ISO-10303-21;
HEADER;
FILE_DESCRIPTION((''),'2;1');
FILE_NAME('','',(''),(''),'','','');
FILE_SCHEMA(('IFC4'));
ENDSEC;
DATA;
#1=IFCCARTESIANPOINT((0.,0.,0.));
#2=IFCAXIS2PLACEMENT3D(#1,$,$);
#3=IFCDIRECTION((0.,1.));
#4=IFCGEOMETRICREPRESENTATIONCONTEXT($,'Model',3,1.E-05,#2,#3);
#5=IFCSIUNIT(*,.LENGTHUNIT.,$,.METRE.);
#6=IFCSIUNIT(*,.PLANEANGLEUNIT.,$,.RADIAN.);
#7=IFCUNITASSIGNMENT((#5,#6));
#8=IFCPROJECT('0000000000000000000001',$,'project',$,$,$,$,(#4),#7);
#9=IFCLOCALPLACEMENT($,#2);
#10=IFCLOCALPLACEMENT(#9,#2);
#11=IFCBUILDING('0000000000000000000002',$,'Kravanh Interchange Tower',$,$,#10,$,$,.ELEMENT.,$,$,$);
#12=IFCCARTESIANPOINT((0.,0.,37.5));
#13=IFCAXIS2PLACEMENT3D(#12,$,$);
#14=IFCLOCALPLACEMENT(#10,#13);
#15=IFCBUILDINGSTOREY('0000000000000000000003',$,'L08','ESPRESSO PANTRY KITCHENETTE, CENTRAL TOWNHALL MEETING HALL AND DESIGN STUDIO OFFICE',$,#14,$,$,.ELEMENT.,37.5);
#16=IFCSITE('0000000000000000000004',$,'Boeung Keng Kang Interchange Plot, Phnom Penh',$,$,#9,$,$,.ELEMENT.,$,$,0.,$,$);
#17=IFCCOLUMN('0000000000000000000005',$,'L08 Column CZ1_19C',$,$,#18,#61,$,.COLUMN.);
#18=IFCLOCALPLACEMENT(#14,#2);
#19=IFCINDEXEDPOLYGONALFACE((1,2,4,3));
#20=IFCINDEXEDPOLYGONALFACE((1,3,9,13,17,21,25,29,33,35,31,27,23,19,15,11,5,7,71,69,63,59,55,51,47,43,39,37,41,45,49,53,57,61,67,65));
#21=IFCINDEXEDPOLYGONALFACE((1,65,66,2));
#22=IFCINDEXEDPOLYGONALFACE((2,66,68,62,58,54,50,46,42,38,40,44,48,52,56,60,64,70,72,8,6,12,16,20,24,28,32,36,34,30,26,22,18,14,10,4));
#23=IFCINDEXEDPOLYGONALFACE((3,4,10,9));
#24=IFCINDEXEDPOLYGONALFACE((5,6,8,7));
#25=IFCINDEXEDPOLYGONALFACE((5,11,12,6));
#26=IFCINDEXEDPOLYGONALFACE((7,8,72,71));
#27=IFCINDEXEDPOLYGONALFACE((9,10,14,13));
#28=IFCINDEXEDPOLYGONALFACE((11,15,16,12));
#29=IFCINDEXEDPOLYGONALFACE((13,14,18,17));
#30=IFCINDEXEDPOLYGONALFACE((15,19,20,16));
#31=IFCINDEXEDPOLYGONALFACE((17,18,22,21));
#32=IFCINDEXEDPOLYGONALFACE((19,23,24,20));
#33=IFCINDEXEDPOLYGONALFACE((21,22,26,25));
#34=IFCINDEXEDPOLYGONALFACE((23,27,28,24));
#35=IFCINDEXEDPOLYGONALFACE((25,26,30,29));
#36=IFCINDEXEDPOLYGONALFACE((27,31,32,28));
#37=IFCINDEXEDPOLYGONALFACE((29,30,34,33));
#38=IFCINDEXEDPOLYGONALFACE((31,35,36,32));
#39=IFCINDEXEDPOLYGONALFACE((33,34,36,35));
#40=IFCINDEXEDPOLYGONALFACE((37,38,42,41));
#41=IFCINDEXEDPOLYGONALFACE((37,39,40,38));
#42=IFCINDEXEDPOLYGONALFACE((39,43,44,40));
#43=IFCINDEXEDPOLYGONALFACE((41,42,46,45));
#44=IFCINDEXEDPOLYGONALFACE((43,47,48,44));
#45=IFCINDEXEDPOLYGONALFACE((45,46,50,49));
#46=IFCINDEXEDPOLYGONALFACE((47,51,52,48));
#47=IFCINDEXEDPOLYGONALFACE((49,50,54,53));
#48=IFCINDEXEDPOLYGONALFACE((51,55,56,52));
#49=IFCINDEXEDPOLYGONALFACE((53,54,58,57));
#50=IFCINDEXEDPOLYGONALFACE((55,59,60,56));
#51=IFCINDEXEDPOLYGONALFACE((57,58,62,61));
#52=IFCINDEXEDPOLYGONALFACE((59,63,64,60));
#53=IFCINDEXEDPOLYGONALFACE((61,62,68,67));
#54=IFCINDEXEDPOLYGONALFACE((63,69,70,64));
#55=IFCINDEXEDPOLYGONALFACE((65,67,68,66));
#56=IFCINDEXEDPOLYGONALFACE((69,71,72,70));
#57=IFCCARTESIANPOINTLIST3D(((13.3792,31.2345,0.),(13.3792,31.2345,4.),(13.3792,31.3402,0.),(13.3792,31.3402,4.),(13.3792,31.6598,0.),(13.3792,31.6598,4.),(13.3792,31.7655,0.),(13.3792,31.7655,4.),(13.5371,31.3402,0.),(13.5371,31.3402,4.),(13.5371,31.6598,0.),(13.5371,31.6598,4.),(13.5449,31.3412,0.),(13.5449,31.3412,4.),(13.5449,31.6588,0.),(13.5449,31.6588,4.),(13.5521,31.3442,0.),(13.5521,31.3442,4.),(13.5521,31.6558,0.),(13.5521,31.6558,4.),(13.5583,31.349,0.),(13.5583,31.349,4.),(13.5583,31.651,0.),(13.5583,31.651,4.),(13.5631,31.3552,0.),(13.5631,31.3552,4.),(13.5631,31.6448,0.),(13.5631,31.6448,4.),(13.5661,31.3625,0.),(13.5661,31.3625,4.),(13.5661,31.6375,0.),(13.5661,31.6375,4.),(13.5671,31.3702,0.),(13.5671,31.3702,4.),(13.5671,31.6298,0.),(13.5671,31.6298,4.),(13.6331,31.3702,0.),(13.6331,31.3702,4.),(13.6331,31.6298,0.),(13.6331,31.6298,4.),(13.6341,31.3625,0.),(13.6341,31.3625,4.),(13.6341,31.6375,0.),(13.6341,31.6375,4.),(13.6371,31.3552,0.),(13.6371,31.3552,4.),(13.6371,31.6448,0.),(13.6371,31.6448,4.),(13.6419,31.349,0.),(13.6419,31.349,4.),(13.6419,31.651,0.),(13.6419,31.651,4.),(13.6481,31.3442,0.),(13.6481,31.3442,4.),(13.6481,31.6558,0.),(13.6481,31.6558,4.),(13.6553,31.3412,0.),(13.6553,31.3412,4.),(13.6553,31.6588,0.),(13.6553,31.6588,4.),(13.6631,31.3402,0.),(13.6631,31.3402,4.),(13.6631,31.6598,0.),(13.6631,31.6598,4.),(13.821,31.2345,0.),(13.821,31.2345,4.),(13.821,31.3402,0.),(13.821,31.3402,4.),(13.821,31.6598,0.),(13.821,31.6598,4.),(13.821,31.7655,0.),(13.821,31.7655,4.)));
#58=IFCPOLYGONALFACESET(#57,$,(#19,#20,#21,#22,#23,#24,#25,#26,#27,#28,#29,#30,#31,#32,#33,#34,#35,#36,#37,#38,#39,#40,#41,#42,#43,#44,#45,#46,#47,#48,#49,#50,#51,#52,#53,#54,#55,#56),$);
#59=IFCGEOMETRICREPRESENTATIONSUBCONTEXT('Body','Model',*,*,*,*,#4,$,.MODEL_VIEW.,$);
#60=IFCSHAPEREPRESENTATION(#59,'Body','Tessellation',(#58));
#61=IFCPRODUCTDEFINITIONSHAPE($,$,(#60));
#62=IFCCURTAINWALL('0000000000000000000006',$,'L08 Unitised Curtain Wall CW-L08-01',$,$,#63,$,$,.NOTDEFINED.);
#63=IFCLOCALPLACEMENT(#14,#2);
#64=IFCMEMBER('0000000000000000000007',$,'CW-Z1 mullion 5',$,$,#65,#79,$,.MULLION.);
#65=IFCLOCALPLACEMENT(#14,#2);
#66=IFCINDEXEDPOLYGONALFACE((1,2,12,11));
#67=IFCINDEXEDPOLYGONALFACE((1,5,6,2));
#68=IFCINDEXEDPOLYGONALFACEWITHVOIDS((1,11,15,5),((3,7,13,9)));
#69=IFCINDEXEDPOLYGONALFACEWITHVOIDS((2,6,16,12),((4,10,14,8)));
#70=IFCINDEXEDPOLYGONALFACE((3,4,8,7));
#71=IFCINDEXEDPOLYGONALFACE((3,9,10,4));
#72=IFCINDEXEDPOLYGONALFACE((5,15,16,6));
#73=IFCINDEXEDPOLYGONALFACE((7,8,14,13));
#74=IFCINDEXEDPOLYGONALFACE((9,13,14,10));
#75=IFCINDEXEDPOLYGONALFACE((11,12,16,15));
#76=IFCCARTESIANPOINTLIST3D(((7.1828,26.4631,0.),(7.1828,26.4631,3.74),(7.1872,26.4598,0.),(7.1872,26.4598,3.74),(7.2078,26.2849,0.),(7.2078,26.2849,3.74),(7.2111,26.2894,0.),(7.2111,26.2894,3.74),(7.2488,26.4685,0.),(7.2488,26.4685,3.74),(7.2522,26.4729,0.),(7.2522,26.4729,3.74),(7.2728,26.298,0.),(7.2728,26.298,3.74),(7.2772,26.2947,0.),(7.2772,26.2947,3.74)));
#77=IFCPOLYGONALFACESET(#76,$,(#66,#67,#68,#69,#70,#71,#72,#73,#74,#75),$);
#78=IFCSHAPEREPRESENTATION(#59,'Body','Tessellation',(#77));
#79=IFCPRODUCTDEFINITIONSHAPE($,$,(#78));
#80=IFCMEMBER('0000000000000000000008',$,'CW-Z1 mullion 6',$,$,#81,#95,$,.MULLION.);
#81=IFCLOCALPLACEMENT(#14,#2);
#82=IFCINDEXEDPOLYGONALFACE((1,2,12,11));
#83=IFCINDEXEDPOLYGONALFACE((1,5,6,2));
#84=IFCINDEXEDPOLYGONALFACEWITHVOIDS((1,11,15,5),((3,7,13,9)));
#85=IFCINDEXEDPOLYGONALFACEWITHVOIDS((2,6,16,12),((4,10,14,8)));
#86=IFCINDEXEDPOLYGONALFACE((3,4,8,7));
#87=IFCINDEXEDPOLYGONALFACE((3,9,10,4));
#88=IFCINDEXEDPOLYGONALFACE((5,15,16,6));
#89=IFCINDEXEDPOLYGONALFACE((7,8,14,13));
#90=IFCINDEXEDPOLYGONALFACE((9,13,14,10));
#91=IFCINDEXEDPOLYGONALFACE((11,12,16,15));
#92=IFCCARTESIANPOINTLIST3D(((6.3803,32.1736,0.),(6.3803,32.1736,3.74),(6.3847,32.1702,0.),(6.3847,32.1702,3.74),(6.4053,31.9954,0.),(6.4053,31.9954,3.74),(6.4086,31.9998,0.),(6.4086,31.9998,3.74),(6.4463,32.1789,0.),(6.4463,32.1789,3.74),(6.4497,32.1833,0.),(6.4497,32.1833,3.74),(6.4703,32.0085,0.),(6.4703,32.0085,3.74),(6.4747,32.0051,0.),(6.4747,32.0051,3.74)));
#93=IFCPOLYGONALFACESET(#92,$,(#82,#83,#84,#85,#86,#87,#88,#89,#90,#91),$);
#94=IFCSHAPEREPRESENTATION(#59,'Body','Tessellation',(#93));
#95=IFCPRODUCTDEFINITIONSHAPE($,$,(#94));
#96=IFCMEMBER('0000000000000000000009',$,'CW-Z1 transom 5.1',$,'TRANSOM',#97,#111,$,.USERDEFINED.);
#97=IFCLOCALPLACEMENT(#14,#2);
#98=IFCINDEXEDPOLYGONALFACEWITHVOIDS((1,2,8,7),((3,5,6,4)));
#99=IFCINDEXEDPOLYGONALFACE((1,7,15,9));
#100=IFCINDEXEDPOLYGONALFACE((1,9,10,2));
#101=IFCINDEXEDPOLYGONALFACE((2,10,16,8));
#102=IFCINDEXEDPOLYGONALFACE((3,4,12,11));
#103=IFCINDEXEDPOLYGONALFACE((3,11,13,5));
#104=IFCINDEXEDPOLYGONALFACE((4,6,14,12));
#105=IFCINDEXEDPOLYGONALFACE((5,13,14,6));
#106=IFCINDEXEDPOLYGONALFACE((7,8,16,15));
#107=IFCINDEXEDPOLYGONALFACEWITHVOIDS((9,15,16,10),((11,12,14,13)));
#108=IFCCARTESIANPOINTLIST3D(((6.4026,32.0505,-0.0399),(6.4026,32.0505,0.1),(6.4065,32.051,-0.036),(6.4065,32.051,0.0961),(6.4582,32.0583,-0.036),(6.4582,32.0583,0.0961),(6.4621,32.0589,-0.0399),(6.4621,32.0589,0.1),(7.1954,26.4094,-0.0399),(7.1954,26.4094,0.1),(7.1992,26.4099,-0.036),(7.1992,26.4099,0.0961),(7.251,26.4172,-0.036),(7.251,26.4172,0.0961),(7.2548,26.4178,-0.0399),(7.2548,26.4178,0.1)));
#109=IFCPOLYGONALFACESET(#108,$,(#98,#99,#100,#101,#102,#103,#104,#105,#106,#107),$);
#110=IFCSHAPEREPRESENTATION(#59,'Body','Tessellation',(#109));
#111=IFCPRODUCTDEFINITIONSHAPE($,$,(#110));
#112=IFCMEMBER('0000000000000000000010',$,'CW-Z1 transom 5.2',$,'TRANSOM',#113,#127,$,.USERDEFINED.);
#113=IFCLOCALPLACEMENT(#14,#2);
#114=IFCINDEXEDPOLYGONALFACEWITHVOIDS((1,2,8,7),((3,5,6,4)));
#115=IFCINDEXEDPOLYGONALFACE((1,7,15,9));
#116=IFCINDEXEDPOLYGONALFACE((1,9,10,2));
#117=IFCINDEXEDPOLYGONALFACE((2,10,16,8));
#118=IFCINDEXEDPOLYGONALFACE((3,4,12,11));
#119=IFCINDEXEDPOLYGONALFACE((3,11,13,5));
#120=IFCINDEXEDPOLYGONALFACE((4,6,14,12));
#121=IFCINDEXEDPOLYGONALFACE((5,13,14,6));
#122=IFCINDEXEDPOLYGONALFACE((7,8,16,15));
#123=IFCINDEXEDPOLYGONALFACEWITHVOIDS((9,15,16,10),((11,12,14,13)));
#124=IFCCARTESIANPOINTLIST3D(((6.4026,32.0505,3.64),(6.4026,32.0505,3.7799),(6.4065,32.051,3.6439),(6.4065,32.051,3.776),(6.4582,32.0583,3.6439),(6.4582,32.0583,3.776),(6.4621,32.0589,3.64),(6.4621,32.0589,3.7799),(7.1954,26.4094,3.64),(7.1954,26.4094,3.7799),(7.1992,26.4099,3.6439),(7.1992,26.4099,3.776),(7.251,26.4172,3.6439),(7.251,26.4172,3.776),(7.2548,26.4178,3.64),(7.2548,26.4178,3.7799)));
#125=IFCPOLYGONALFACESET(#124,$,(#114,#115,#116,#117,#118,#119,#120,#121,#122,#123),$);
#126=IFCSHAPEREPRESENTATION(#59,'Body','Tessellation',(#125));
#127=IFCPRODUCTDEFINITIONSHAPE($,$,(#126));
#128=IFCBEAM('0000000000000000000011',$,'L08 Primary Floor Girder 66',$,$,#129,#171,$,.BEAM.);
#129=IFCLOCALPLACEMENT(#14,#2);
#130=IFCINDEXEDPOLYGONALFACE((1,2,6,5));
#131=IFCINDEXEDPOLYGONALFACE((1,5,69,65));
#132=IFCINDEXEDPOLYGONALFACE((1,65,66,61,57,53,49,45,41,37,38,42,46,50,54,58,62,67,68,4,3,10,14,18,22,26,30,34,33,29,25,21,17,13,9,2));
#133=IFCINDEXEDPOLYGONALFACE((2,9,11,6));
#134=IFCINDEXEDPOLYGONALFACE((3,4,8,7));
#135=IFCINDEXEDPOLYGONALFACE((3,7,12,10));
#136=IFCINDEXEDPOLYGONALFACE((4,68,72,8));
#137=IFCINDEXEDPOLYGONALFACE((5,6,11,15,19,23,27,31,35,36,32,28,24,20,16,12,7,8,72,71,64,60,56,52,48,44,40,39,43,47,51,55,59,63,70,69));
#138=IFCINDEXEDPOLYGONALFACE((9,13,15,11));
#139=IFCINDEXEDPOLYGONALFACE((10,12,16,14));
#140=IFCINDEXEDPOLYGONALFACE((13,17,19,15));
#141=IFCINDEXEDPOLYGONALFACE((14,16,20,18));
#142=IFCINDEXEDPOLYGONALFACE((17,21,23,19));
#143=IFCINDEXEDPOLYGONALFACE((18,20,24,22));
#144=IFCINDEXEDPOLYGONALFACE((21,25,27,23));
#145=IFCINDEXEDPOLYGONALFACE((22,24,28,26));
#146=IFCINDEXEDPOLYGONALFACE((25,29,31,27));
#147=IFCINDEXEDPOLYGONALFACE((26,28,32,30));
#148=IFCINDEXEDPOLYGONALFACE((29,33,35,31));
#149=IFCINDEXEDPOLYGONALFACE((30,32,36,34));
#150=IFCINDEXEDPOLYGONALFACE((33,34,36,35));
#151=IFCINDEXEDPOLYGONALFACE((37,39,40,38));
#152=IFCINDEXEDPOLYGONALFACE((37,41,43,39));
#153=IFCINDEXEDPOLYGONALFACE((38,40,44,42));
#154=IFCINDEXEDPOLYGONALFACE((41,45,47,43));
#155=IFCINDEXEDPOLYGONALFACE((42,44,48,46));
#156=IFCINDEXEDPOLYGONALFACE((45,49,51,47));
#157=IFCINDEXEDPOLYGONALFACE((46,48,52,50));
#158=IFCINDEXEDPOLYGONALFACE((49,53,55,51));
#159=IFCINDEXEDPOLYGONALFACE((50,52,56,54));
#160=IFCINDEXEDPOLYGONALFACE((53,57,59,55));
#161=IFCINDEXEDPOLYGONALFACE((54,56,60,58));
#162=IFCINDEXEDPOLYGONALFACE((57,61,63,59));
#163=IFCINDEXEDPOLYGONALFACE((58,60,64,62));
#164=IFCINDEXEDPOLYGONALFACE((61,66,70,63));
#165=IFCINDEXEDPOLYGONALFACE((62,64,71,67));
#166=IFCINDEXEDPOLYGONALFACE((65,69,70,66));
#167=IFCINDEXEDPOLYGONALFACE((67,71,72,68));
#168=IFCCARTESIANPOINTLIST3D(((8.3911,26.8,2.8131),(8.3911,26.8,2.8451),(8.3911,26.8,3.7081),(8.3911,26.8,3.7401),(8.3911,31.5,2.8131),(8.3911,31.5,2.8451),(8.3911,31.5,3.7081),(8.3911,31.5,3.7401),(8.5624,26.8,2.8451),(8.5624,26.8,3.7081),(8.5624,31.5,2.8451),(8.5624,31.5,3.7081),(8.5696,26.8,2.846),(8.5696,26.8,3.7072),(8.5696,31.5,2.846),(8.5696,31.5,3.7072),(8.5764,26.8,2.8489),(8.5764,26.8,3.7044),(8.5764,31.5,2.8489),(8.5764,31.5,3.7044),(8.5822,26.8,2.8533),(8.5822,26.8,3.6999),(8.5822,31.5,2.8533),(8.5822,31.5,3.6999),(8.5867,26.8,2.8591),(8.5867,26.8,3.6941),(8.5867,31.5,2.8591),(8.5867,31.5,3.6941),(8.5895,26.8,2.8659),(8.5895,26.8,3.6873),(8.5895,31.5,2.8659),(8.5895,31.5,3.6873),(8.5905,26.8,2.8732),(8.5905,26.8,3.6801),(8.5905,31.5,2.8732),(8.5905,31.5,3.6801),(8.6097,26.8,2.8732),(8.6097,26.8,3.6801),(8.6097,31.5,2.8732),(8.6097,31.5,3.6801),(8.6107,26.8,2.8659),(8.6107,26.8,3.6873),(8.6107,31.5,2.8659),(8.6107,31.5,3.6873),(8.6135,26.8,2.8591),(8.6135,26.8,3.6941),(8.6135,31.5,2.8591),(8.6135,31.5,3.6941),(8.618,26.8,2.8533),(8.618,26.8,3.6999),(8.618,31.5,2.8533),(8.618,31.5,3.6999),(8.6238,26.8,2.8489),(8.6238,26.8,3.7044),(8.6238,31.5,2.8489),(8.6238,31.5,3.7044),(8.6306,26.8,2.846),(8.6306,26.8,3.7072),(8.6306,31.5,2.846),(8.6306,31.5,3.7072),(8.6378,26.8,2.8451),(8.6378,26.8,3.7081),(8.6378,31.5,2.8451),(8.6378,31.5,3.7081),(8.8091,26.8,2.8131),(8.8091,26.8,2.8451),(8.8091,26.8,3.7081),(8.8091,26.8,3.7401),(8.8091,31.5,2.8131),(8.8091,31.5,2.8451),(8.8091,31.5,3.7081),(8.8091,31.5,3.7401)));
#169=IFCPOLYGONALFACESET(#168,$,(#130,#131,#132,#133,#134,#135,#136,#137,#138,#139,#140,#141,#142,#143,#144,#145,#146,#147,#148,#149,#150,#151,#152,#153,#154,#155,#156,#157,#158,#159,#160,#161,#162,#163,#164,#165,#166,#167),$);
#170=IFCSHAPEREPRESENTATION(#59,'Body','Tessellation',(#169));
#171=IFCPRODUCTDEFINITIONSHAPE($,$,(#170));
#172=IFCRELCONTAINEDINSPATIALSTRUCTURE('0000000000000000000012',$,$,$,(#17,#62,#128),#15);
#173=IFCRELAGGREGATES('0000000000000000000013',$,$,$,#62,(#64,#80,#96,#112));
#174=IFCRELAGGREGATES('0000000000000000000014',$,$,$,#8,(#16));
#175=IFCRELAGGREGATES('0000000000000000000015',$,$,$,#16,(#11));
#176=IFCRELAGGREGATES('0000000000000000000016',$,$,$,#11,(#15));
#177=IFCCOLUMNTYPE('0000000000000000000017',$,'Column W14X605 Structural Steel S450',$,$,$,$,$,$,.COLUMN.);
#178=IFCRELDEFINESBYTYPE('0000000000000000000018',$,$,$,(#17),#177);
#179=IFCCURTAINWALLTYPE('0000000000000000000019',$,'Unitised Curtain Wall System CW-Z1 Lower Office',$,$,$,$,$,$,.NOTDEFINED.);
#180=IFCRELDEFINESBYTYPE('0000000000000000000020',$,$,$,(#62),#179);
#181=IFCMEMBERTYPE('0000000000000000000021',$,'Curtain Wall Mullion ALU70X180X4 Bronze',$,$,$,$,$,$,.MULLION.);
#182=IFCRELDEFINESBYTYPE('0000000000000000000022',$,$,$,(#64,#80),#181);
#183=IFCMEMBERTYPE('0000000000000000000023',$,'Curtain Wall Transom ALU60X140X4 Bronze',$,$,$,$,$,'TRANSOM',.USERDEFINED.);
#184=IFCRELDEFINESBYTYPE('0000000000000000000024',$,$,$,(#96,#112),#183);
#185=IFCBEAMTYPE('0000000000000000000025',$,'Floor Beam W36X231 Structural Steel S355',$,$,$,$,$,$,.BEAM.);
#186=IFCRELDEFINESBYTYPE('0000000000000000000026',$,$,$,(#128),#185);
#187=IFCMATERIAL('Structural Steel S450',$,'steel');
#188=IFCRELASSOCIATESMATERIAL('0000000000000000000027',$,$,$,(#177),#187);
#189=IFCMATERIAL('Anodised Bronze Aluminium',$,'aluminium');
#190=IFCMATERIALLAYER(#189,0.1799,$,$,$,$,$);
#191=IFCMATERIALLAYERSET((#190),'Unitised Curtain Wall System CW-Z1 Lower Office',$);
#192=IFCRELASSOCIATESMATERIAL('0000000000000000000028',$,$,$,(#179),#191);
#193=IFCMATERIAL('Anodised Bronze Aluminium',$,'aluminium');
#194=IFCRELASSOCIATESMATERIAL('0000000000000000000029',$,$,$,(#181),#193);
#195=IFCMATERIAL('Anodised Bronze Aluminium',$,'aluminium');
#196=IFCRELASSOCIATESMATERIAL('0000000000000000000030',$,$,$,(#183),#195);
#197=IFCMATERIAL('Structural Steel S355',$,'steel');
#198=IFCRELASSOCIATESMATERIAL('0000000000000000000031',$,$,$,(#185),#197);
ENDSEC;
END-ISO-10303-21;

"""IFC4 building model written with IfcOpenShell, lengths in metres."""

from ifc_helpers import new_model, si_unit, direction, frame, origin, origin_2d, place, context, subcontext, project, spatial, hollow_rectangle, i_section, extrude, material, layer, layer_set, material_profile, profile_set, type_object, element, aggregate, save


model = new_model("IFC4")

# Units and contexts
model_context = context("Model", 3, precision=1e-05, world=origin(), true_north=direction((0.0, 1.0)))
body_context = subcontext(model_context, "Body", "Model", "MODEL_VIEW")
ifc_project = project(units=[si_unit("LENGTHUNIT", "METRE"), si_unit("PLANEANGLEUNIT", "RADIAN")], contexts=[model_context])

# Site, building, storey
site_placement = place(None, origin())
site = spatial("IfcSite", under=ifc_project, at=site_placement, Name="Boeung Keng Kang Interchange Plot, Phnom Penh", CompositionType="ELEMENT", RefElevation=0.0)
building_placement = place(site_placement, origin())
building = spatial("IfcBuilding", under=site, at=building_placement, Name="Kravanh Interchange Tower", CompositionType="ELEMENT")
storey_placement = place(building_placement, frame((0.0, 0.0, 37.5)))
storey = spatial("IfcBuildingStorey", under=building, at=storey_placement, Name="L08", Description="ESPRESSO PANTRY KITCHENETTE, CENTRAL TOWNHALL MEETING HALL AND DESIGN STUDIO OFFICE", CompositionType="ELEMENT", Elevation=37.5)

# Column
ifc_material_1 = material(Name="Structural Steel S450", Category="steel")
ifc_material_profile_1 = material_profile(ifc_material_1, i_section(OverallWidth=0.4419, OverallDepth=0.531, WebThickness=0.0659, FlangeThickness=0.1057, FilletRadius=0.03, at=origin_2d()), Name="W14X605")
ifc_profile_set_1 = profile_set([ifc_material_profile_1], Name="Structural Steel S450")
column_type = type_object("IfcColumnType", Name="Column W14X605 Structural Steel S450", PredefinedType="COLUMN", material=ifc_profile_set_1)
for number, where, z_axis, x_axis, name in (
    (1, (13.6001, 31.5, 0.0), (0.0, 0.0, 1.0), (1.0, 0.0, 0.0), "L08 Column CZ1_19C"),
):
    element("IfcColumn", number, at=place(storey_placement, frame(where, z_axis=z_axis, x_axis=x_axis)), inside=storey, type_object=column_type, Name=name, PredefinedType="COLUMN", context=body_context, shape_type="SweptSolid", body=[
        extrude(i_section(OverallWidth=0.4419, OverallDepth=0.531, WebThickness=0.0659, FlangeThickness=0.1057, FilletRadius=0.03, at=origin_2d()), origin(), (0.0, 0.0, 1.0), 4.0),
    ])

# Curtain wall, members
ifc_material_2 = material(Name="Anodised Bronze Aluminium", Category="aluminium")
ifc_layer_1 = layer(ifc_material_2, 0.1799)
ifc_layer_set_1 = layer_set([ifc_layer_1], Name="Unitised Curtain Wall System CW-Z1 Lower Office")
curtain_wall_type = type_object("IfcCurtainWallType", Name="Unitised Curtain Wall System CW-Z1 Lower Office", PredefinedType="NOTDEFINED", material=ifc_layer_set_1)
curtain_wall_placement = place(storey_placement, origin())
curtain_wall = element("IfcCurtainWall", 2, at=curtain_wall_placement, inside=storey, type_object=curtain_wall_type, Name="L08 Unitised Curtain Wall CW-L08-01", PredefinedType="NOTDEFINED")
ifc_material_3 = material(Name="Anodised Bronze Aluminium", Category="aluminium")
ifc_material_profile_2 = material_profile(ifc_material_3, hollow_rectangle(XDim=0.0701, YDim=0.1799, WallThickness=0.0039, at=origin_2d()), Name="ALU70X180X4")
ifc_profile_set_2 = profile_set([ifc_material_profile_2], Name="Anodised Bronze Aluminium")
member_type_1 = type_object("IfcMemberType", Name="Curtain Wall Mullion ALU70X180X4 Bronze", PredefinedType="MULLION", material=ifc_profile_set_2)
member_1_placement = place(storey_placement, frame((7.23, 26.3789, 0.0), z_axis=(0.0, 0.0, 1.0), x_axis=(-0.990268, -0.139177, 0.0)))
member_1 = element("IfcMember", 3, at=member_1_placement, type_object=member_type_1, Name="CW-Z1 mullion 5", PredefinedType="MULLION", context=body_context, shape_type="SweptSolid", body=[
    extrude(hollow_rectangle(XDim=0.0701, YDim=0.1799, WallThickness=0.0039, at=origin_2d()), origin(), (0.0, 0.0, 1.0), 3.74),
])
member_2_placement = place(storey_placement, frame((6.4275, 32.0894, 0.0), z_axis=(0.0, 0.0, 1.0), x_axis=(-0.990268, -0.139177, 0.0)))
member_2 = element("IfcMember", 4, at=member_2_placement, type_object=member_type_1, Name="CW-Z1 mullion 6", PredefinedType="MULLION", context=body_context, shape_type="SweptSolid", body=[
    extrude(hollow_rectangle(XDim=0.0701, YDim=0.1799, WallThickness=0.0039, at=origin_2d()), origin(), (0.0, 0.0, 1.0), 3.74),
])
ifc_material_4 = material(Name="Anodised Bronze Aluminium", Category="aluminium")
ifc_material_profile_3 = material_profile(ifc_material_4, hollow_rectangle(XDim=0.0601, YDim=0.1399, WallThickness=0.0039, at=origin_2d()), Name="ALU60X140X4")
ifc_profile_set_3 = profile_set([ifc_material_profile_3], Name="Anodised Bronze Aluminium")
member_type_2 = type_object("IfcMemberType", Name="Curtain Wall Transom ALU60X140X4 Bronze", ElementType="TRANSOM", PredefinedType="USERDEFINED", material=ifc_profile_set_3)
member_3_placement = place(storey_placement, frame((7.2251, 26.4136, 0.03), z_axis=(-0.139159, 0.99027, 0.0), x_axis=(-0.99027, -0.139159, 0.0)))
member_3 = element("IfcMember", 5, at=member_3_placement, type_object=member_type_2, Name="CW-Z1 transom 5.1", ObjectType="TRANSOM", PredefinedType="USERDEFINED", context=body_context, shape_type="SweptSolid", body=[
    extrude(hollow_rectangle(XDim=0.0601, YDim=0.1399, WallThickness=0.0039, at=origin_2d()), origin(), (0.0, 0.0, 1.0), 5.6965),
])
member_4_placement = place(storey_placement, frame((7.2251, 26.4136, 3.71), z_axis=(-0.139159, 0.99027, 0.0), x_axis=(-0.99027, -0.139159, 0.0)))
member_4 = element("IfcMember", 6, at=member_4_placement, type_object=member_type_2, Name="CW-Z1 transom 5.2", ObjectType="TRANSOM", PredefinedType="USERDEFINED", context=body_context, shape_type="SweptSolid", body=[
    extrude(hollow_rectangle(XDim=0.0601, YDim=0.1399, WallThickness=0.0039, at=origin_2d()), origin(), (0.0, 0.0, 1.0), 5.6965),
])

# Beam
ifc_material_5 = material(Name="Structural Steel S355", Category="steel")
ifc_material_profile_4 = material_profile(ifc_material_5, i_section(OverallWidth=0.418, OverallDepth=0.927, WebThickness=0.0193, FlangeThickness=0.032, FilletRadius=0.0281, at=origin_2d()), Name="W36X231")
ifc_profile_set_4 = profile_set([ifc_material_profile_4], Name="Structural Steel S355")
beam_type_1 = type_object("IfcBeamType", Name="Floor Beam W36X231 Structural Steel S355", PredefinedType="BEAM", material=ifc_profile_set_4)
beam_1_placement = place(storey_placement, frame((8.6001, 26.8, 3.2766), z_axis=(0.0, 1.0, 0.0), x_axis=(-1.0, 0.0, 0.0)))
element("IfcBeam", 7, at=beam_1_placement, inside=storey, type_object=beam_type_1, Name="L08 Primary Floor Girder 66", PredefinedType="BEAM", context=body_context, shape_type="SweptSolid", body=[
    extrude(i_section(OverallWidth=0.418, OverallDepth=0.927, WebThickness=0.0193, FlangeThickness=0.032, FilletRadius=0.0281, at=origin_2d()), origin(), (0.0, 0.0, 1.0), 4.7),
])

aggregate(curtain_wall, [member_1, member_2, member_3, member_4])

save(model, "model.ifc")
